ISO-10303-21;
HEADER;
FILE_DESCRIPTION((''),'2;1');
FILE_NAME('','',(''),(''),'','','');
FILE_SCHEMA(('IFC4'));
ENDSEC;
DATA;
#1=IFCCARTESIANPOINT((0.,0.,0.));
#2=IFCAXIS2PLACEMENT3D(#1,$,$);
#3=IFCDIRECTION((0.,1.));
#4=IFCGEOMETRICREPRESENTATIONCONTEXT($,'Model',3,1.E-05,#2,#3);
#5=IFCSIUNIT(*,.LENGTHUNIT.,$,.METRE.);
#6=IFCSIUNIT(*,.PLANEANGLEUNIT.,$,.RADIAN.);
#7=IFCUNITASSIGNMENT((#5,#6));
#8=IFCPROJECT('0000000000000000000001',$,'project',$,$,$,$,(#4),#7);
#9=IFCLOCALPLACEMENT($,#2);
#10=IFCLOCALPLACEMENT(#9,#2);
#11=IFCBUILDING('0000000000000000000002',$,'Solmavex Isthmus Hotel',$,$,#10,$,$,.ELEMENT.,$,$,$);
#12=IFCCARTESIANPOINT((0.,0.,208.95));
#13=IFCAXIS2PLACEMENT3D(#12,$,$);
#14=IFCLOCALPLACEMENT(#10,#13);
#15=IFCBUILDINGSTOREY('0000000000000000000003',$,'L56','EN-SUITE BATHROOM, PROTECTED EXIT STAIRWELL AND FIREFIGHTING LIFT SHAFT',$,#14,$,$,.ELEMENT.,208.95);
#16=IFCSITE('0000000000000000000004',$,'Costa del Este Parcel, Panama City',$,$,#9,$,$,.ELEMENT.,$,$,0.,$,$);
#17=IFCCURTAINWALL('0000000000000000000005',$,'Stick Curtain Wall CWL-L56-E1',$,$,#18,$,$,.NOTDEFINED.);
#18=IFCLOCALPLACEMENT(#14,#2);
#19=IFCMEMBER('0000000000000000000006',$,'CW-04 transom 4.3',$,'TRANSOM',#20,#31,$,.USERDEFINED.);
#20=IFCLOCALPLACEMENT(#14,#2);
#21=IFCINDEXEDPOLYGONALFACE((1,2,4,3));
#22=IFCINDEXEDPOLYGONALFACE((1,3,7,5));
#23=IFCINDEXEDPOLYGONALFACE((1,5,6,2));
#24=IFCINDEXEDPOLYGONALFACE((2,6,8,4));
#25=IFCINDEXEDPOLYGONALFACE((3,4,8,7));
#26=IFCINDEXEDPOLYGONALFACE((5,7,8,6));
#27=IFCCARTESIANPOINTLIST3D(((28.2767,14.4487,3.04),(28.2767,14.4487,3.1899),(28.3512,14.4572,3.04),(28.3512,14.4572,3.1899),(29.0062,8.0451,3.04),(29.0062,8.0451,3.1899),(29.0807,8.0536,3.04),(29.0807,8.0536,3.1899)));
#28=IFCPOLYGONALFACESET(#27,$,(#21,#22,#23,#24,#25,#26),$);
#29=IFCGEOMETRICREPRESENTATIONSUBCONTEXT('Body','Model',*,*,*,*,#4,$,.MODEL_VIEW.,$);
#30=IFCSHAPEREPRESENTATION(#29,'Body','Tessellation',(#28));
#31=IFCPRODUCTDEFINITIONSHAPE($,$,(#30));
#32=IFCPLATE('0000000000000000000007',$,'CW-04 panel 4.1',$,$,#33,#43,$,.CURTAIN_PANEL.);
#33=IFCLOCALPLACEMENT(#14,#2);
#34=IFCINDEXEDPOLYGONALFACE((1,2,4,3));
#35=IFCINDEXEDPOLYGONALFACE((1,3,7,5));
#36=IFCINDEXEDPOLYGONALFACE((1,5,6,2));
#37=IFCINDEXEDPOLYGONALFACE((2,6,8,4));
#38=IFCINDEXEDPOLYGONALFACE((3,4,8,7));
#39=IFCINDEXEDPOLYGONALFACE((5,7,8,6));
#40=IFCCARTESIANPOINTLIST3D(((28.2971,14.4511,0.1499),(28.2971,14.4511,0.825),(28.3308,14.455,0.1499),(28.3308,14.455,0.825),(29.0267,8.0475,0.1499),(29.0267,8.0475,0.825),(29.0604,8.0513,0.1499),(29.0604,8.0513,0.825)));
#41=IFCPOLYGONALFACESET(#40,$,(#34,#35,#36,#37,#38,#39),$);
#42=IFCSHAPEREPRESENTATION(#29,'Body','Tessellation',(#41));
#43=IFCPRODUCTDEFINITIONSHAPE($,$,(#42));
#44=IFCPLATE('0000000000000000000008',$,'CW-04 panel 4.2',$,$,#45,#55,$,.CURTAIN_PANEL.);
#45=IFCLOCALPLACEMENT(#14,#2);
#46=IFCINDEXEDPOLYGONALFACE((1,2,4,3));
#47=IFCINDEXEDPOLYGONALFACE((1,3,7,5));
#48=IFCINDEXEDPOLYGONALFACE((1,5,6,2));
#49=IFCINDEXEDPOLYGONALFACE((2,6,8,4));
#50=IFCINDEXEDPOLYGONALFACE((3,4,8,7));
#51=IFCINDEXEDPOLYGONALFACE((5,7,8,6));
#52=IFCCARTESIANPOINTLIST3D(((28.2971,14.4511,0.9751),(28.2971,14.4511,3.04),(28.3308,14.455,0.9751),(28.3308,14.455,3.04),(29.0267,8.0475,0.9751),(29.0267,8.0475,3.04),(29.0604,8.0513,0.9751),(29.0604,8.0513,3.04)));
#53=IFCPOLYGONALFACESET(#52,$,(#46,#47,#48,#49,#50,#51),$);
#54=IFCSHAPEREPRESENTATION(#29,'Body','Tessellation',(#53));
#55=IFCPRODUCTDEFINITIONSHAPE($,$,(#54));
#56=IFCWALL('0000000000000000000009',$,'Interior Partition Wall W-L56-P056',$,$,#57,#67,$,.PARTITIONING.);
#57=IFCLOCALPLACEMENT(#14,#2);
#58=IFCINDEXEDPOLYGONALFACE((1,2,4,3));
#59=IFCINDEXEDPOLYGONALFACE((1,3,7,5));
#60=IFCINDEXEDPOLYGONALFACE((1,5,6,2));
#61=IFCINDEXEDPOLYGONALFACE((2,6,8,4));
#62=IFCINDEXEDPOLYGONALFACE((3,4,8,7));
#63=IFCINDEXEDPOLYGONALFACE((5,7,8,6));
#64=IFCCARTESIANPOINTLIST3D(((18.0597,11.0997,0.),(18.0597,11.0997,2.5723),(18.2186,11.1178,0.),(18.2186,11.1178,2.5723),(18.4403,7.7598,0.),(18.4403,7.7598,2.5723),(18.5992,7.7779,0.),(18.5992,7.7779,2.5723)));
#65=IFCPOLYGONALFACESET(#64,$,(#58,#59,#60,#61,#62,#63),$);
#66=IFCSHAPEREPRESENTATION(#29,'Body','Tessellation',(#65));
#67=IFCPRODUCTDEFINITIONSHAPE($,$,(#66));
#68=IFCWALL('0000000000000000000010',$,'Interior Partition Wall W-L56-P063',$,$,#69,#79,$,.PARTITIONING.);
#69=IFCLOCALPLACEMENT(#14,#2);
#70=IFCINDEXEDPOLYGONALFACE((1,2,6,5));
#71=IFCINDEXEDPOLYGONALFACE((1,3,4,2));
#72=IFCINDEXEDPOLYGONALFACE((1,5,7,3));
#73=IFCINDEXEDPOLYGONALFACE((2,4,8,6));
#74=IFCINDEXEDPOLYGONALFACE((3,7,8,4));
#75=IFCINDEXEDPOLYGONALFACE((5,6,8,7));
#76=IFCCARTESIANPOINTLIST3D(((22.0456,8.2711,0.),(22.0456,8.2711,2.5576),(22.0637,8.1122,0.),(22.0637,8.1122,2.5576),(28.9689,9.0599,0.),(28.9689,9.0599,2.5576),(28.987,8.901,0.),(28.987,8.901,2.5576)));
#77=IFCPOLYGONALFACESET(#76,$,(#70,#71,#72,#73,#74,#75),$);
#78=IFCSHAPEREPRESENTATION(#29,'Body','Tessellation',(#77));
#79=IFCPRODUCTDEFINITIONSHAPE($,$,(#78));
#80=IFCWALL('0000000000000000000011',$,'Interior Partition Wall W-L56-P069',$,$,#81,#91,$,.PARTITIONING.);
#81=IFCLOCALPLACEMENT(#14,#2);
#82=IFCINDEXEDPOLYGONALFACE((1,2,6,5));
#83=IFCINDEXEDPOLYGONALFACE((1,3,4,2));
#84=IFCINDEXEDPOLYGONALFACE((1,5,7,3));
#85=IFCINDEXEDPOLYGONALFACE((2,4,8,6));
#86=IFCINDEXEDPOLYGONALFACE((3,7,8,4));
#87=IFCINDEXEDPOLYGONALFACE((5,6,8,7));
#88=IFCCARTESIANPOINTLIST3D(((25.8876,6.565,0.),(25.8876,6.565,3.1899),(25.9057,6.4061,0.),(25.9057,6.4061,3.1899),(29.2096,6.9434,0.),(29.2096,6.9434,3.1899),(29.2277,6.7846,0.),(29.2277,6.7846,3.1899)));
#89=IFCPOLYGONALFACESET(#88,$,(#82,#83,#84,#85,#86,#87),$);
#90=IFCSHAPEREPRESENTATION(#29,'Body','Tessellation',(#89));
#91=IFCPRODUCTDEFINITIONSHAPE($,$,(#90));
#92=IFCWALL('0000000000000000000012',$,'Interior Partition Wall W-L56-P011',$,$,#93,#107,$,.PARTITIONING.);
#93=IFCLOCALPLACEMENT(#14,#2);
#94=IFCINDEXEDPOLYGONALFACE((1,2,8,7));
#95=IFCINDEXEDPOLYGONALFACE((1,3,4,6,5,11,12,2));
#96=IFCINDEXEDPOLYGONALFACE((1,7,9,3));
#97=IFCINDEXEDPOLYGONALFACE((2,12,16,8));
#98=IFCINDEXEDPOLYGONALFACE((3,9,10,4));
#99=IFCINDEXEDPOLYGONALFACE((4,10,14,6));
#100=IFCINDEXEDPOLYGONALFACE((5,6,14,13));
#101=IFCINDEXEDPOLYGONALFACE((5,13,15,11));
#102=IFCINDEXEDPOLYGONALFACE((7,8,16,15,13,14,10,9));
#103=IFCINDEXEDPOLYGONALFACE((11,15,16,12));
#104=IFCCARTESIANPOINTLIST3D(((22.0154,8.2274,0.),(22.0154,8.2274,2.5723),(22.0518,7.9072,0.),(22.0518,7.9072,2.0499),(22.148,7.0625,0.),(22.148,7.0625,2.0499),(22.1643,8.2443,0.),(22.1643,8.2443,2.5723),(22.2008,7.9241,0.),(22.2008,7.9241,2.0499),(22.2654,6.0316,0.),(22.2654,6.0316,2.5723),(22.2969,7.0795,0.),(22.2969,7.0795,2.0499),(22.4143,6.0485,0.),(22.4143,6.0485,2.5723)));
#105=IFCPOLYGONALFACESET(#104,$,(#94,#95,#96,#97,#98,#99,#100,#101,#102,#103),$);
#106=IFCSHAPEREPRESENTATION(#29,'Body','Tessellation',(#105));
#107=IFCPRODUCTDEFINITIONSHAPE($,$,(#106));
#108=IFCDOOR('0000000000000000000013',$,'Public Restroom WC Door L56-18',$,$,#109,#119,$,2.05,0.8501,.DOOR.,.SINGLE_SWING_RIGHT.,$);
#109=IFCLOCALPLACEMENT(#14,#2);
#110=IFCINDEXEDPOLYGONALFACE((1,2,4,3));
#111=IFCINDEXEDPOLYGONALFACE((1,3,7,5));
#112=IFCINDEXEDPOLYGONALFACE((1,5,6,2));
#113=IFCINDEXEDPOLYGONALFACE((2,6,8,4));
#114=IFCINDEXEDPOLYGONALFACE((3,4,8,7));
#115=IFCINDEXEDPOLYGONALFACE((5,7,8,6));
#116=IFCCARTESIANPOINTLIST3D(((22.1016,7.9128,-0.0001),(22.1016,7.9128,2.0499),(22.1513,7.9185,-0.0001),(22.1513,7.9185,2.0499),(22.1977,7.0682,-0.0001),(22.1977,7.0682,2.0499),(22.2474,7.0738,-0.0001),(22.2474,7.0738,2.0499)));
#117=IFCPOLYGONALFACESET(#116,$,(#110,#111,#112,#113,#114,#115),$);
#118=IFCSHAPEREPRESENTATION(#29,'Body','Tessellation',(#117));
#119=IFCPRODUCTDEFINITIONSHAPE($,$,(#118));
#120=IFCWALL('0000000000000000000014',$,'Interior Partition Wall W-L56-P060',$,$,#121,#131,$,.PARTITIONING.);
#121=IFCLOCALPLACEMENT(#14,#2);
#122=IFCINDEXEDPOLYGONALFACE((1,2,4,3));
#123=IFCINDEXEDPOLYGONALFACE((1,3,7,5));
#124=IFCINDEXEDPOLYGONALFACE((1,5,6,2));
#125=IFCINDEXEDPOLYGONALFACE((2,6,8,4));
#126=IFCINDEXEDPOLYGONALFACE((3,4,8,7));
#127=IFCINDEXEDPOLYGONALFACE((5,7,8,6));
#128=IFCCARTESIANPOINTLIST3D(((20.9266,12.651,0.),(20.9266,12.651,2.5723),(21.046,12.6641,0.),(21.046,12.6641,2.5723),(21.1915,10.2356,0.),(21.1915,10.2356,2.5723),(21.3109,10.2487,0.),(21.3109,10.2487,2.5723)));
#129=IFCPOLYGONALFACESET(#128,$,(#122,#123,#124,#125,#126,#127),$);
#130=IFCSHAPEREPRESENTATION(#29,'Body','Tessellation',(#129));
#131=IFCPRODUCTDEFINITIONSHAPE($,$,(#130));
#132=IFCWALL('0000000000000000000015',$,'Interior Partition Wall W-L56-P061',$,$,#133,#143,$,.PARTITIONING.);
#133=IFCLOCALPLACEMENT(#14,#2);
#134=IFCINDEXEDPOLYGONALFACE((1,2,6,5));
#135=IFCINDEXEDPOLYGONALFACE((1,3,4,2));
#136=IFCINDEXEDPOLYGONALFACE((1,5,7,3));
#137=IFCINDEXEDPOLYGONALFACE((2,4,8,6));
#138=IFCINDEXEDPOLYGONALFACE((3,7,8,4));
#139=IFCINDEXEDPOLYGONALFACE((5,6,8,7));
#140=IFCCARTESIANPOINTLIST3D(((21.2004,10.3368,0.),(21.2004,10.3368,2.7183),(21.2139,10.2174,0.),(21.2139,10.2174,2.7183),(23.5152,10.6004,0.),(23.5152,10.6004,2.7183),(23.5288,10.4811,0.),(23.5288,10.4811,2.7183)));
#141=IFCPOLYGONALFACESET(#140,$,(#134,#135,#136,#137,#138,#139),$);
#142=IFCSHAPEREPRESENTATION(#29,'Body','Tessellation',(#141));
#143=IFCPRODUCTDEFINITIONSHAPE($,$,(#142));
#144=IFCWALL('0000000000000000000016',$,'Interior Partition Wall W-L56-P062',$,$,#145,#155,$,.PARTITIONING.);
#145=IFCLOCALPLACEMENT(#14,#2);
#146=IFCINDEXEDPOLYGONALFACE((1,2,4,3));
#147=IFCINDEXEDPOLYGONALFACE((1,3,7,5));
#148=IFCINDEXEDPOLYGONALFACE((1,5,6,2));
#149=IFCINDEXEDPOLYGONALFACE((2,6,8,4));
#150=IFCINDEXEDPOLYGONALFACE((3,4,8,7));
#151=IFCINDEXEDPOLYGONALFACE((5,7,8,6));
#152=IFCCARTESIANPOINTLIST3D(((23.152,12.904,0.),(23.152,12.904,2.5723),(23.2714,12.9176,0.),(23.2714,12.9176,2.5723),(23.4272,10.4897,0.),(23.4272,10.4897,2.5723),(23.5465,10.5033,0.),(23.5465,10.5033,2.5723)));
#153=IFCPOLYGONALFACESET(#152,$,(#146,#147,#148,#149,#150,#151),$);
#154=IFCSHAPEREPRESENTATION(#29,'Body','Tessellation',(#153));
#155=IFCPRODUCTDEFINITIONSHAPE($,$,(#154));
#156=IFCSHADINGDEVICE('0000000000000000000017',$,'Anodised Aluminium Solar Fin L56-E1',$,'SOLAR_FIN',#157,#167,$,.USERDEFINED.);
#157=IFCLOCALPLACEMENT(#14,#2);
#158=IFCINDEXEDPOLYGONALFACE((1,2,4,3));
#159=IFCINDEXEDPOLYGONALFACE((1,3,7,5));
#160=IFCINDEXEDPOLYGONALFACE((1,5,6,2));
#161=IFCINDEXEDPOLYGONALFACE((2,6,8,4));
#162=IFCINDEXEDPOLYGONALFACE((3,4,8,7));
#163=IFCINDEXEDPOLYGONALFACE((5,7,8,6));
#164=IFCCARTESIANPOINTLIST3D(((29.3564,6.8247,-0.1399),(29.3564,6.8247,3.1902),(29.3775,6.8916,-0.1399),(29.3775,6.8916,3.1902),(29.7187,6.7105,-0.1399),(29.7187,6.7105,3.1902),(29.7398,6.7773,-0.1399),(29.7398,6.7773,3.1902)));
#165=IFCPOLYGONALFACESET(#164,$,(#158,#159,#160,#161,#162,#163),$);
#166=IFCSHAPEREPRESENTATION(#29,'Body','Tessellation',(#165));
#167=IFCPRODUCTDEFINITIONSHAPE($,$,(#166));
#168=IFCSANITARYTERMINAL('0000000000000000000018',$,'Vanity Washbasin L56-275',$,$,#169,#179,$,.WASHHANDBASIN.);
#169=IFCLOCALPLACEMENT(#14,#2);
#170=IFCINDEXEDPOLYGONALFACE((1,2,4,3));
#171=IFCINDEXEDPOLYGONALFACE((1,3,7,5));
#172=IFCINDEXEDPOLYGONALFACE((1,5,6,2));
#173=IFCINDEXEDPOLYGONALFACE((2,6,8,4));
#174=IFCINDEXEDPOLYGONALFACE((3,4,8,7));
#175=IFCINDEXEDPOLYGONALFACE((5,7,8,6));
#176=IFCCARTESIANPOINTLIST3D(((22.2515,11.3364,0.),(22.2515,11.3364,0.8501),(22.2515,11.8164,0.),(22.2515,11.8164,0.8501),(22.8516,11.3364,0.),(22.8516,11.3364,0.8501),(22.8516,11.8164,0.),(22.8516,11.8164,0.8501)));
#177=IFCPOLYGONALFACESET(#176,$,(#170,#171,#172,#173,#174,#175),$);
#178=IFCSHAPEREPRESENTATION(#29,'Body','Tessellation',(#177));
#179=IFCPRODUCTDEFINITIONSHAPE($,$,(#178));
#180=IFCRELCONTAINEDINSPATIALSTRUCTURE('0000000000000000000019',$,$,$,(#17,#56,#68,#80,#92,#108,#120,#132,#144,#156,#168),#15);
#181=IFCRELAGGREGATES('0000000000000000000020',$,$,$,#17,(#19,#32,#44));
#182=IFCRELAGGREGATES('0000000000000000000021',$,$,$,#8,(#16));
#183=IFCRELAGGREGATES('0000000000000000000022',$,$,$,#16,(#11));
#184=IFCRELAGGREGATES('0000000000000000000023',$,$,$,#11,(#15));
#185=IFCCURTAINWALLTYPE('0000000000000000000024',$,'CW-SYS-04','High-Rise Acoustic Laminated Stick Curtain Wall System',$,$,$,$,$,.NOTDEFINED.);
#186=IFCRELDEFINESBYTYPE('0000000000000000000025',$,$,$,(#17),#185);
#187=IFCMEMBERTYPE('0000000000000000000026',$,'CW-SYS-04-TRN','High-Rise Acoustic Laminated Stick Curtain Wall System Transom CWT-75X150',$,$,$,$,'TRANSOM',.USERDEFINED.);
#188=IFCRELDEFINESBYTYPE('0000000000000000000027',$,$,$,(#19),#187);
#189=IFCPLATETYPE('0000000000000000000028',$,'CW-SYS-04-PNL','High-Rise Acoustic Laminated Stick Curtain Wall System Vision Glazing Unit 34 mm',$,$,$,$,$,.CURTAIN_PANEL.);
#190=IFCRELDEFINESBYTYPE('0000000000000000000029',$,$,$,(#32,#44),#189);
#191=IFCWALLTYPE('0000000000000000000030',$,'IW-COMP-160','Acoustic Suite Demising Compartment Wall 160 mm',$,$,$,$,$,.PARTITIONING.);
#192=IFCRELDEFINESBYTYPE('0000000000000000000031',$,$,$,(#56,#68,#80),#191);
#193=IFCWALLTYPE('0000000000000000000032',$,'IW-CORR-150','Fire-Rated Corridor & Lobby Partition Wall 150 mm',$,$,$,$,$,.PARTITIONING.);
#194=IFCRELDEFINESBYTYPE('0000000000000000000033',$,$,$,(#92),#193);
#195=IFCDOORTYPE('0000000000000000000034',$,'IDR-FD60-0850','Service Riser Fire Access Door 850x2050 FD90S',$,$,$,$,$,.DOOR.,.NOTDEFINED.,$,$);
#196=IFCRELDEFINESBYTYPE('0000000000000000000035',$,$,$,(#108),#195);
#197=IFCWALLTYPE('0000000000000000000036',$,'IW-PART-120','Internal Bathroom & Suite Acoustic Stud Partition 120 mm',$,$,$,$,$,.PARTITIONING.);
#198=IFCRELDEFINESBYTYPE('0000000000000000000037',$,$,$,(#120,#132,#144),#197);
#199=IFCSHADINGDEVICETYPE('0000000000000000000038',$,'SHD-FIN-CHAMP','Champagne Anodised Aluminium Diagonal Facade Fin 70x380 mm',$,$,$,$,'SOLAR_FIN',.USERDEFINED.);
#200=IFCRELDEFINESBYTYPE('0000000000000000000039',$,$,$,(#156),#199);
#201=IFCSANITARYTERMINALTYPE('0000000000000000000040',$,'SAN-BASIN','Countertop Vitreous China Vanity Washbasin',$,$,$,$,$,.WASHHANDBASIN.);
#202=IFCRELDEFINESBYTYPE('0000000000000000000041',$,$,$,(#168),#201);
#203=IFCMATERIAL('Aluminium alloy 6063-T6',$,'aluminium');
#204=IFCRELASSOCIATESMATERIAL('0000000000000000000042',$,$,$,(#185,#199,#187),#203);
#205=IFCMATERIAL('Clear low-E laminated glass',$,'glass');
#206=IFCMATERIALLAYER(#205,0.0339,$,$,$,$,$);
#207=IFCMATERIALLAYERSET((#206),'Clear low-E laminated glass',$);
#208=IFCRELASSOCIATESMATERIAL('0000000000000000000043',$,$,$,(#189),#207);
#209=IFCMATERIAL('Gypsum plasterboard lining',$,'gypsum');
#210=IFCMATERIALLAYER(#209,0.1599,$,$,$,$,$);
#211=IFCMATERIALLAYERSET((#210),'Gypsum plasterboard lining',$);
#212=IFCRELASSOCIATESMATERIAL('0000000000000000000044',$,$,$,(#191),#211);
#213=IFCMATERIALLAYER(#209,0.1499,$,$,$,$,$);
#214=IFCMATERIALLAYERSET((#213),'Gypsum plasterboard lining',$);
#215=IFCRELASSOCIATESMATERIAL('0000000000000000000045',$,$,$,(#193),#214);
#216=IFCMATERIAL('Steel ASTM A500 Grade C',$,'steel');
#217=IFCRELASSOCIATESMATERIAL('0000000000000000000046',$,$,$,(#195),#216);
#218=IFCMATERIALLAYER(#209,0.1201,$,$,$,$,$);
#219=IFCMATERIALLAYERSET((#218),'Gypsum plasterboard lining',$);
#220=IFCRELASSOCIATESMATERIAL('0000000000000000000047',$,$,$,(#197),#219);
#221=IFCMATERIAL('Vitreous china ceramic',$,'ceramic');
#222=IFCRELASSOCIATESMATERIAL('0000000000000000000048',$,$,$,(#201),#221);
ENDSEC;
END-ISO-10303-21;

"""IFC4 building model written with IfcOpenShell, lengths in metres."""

from ifc_helpers import new_model, si_unit, direction, frame, frame_2d, origin, origin_2d, place, context, subcontext, project, spatial, rectangle, extrude, material, layer, layer_set, material_profile, profile_set, type_object, element, fill, aggregate, save


model = new_model("IFC4")

# Units and contexts
model_context = context("Model", 3, precision=1e-05, world=origin(), true_north=direction((0.0, 1.0)))
body_context = subcontext(model_context, "Body", "Model", "MODEL_VIEW")
ifc_project = project(units=[si_unit("LENGTHUNIT", "METRE"), si_unit("PLANEANGLEUNIT", "RADIAN")], contexts=[model_context])

# Site, building, storey
site_placement = place(None, origin())
site = spatial("IfcSite", under=ifc_project, at=site_placement, Name="Costa del Este Parcel, Panama City", CompositionType="ELEMENT", RefElevation=0.0)
building_placement = place(site_placement, origin())
building = spatial("IfcBuilding", under=site, at=building_placement, Name="Solmavex Isthmus Hotel", CompositionType="ELEMENT")
storey_placement = place(building_placement, frame((0.0, 0.0, 208.95)))
storey = spatial("IfcBuildingStorey", under=building, at=storey_placement, Name="L56", Description="EN-SUITE BATHROOM, PROTECTED EXIT STAIRWELL AND FIREFIGHTING LIFT SHAFT", CompositionType="ELEMENT", Elevation=208.95)

# Curtain wall, member, plates
ifc_material_1 = material(Name="Aluminium alloy 6063-T6", Category="aluminium")
curtain_wall_type = type_object("IfcCurtainWallType", Name="CW-SYS-04", Description="High-Rise Acoustic Laminated Stick Curtain Wall System", PredefinedType="NOTDEFINED", material=ifc_material_1)
curtain_wall_placement = place(storey_placement, origin())
curtain_wall = element("IfcCurtainWall", 1, at=curtain_wall_placement, inside=storey, type_object=curtain_wall_type, Name="Stick Curtain Wall CWL-L56-E1", PredefinedType="NOTDEFINED")
ifc_material_profile_1 = material_profile(ifc_material_1, rectangle(XDim=0.075, YDim=0.1499, at=origin_2d()), Name="CWT-75X150")
ifc_profile_set_1 = profile_set([ifc_material_profile_1], Name="Aluminium alloy 6063-T6")
member_type_1 = type_object("IfcMemberType", Name="CW-SYS-04-TRN", Description="High-Rise Acoustic Laminated Stick Curtain Wall System Transom CWT-75X150", ElementType="TRANSOM", PredefinedType="USERDEFINED", material=ifc_profile_set_1)
member_1_placement = place(storey_placement, frame((29.0435, 8.0493, 3.115), z_axis=(-0.113188, 0.993574, 0.0), x_axis=(-0.993574, -0.113188, 0.0)))
member_1 = element("IfcMember", 2, at=member_1_placement, type_object=member_type_1, Name="CW-04 transom 4.3", ObjectType="TRANSOM", PredefinedType="USERDEFINED", context=body_context, shape_type="SweptSolid", body=[
    extrude(rectangle(XDim=0.075, YDim=0.1499, at=origin_2d()), origin(), (0.0, 0.0, 1.0), 6.4451),
])
ifc_material_2 = material(Name="Clear low-E laminated glass", Category="glass")
ifc_layer_1 = layer(ifc_material_2, 0.0339)
ifc_layer_set_1 = layer_set([ifc_layer_1], Name="Clear low-E laminated glass")
plate_type = type_object("IfcPlateType", Name="CW-SYS-04-PNL", Description="High-Rise Acoustic Laminated Stick Curtain Wall System Vision Glazing Unit 34 mm", PredefinedType="CURTAIN_PANEL", material=ifc_layer_set_1)
plate_1_placement = place(storey_placement, frame((28.6787, 11.2512, 0.1499), z_axis=(0.0, 0.0, 1.0), x_axis=(-0.113203, 0.993572, 0.0)))
plate_1 = element("IfcPlate", 3, at=plate_1_placement, type_object=plate_type, Name="CW-04 panel 4.1", PredefinedType="CURTAIN_PANEL", context=body_context, shape_type="SweptSolid", body=[
    extrude(rectangle(XDim=6.4451, YDim=0.0339, at=origin_2d()), origin(), (0.0, 0.0, 1.0), 0.675),
])
plate_2_placement = place(storey_placement, frame((28.6787, 11.2512, 0.9751), z_axis=(0.0, 0.0, 1.0), x_axis=(-0.113203, 0.993572, 0.0)))
plate_2 = element("IfcPlate", 4, at=plate_2_placement, type_object=plate_type, Name="CW-04 panel 4.2", PredefinedType="CURTAIN_PANEL", context=body_context, shape_type="SweptSolid", body=[
    extrude(rectangle(XDim=6.4451, YDim=0.0339, at=origin_2d()), origin(), (0.0, 0.0, 1.0), 2.0649),
])
aggregate(curtain_wall, [member_1, plate_1, plate_2])

# Wall
ifc_material_3 = material(Name="Gypsum plasterboard lining", Category="gypsum")
ifc_layer_2 = layer(ifc_material_3, 0.1599)
ifc_layer_set_2 = layer_set([ifc_layer_2], Name="Gypsum plasterboard lining")
wall_type_1 = type_object("IfcWallType", Name="IW-COMP-160", Description="Acoustic Suite Demising Compartment Wall 160 mm", PredefinedType="PARTITIONING", material=ifc_layer_set_2)
wall_1_placement = place(storey_placement, frame((18.1392, 11.1086, 0.0), z_axis=(0.0, 0.0, 1.0), x_axis=(0.113229, -0.993569, 0.0)))
element("IfcWall", 5, at=wall_1_placement, inside=storey, type_object=wall_type_1, Name="Interior Partition Wall W-L56-P056", PredefinedType="PARTITIONING", context=body_context, shape_type="SweptSolid", body=[
    extrude(rectangle(XDim=3.3616, YDim=0.1599, at=frame_2d((1.6807, 0.0))), origin(), (0.0, 0.0, 1.0), 2.5723),
])

# Walls
wall_2_placement = place(storey_placement, frame((28.9778, 8.9805, 0.0), z_axis=(0.0, 0.0, 1.0), x_axis=(-0.993572, -0.113204, 0.0)))
element("IfcWall", 6, at=wall_2_placement, inside=storey, type_object=wall_type_1, Name="Interior Partition Wall W-L56-P063", PredefinedType="PARTITIONING", context=body_context, shape_type="SweptSolid", body=[
    extrude(rectangle(XDim=6.968, YDim=0.1599, at=frame_2d((3.4839, 0.0))), origin(), (0.0, 0.0, 1.0), 2.5576),
])
wall_3_placement = place(storey_placement, frame((29.2188, 6.864, 0.0), z_axis=(0.0, 0.0, 1.0), x_axis=(-0.993574, -0.11318, 0.0)))
element("IfcWall", 7, at=wall_3_placement, inside=storey, type_object=wall_type_1, Name="Interior Partition Wall W-L56-P069", PredefinedType="PARTITIONING", context=body_context, shape_type="SweptSolid", body=[
    extrude(rectangle(XDim=3.3435, YDim=0.1599, at=frame_2d((1.6719, 0.0))), origin(), (0.0, 0.0, 1.0), 3.1899),
])

# Wall, opening, door
ifc_layer_3 = layer(ifc_material_3, 0.1499)
ifc_layer_set_3 = layer_set([ifc_layer_3], Name="Gypsum plasterboard lining")
wall_type_2 = type_object("IfcWallType", Name="IW-CORR-150", Description="Fire-Rated Corridor & Lobby Partition Wall 150 mm", PredefinedType="PARTITIONING", material=ifc_layer_set_3)
wall_4_placement = place(storey_placement, frame((22.0898, 8.2358, 0.0), z_axis=(0.0, 0.0, 1.0), x_axis=(0.113123, -0.993581, 0.0)))
wall_4 = element("IfcWall", 8, at=wall_4_placement, inside=storey, type_object=wall_type_2, Name="Interior Partition Wall W-L56-P011", PredefinedType="PARTITIONING", context=body_context, shape_type="SweptSolid", body=[
    extrude(rectangle(XDim=2.21, YDim=0.1499, at=frame_2d((1.105, 0.0))), origin(), (0.0, 0.0, 1.0), 2.5723),
])
opening_1_placement = place(wall_4_placement, frame((0.3223, 0.0, 0.0)))
opening_1 = element("IfcOpeningElement", 9, at=opening_1_placement, cuts=wall_4, PredefinedType="OPENING", context=body_context, shape_type="SweptSolid", body=[
    extrude(rectangle(XDim=0.8501, YDim=2.05, at=frame_2d((0.425, 1.0249))), frame((0.0, 0.085, 0.0), z_axis=(0.0, -1.0, 0.0), x_axis=(1.0, 0.0, 0.0)), (0.0, 0.0, 1.0), 0.1699),
])
ifc_material_4 = material(Name="Steel ASTM A500 Grade C", Category="steel")
door_type_1 = type_object("IfcDoorType", Name="IDR-FD60-0850", Description="Service Riser Fire Access Door 850x2050 FD90S", OperationType="NOTDEFINED", PredefinedType="DOOR", material=ifc_material_4)
door_1_placement = place(opening_1_placement, frame((0.8501, 0.0, 0.0), z_axis=(0.0, 0.0, 1.0), x_axis=(-1.0, 0.0, 0.0)))
door_1 = element("IfcDoor", 10, at=door_1_placement, inside=storey, type_object=door_type_1, Name="Public Restroom WC Door L56-18", OperationType="SINGLE_SWING_RIGHT", OverallHeight=2.05, OverallWidth=0.8501, PredefinedType="DOOR", context=body_context, shape_type="SweptSolid", body=[
    extrude(rectangle(XDim=0.8501, YDim=2.05, at=frame_2d((0.425, 1.0249))), frame((0.0, 0.0249, 0.0), z_axis=(0.0, -1.0, 0.0), x_axis=(1.0, 0.0, 0.0)), (0.0, 0.0, 1.0), 0.05),
])
fill(opening_1, door_1)

# Walls
ifc_layer_4 = layer(ifc_material_3, 0.1201)
ifc_layer_set_4 = layer_set([ifc_layer_4], Name="Gypsum plasterboard lining")
wall_type_3 = type_object("IfcWallType", Name="IW-PART-120", Description="Internal Bathroom & Suite Acoustic Stud Partition 120 mm", PredefinedType="PARTITIONING", material=ifc_layer_set_4)
wall_5_placement = place(storey_placement, frame((20.9863, 12.6575, 0.0), z_axis=(0.0, 0.0, 1.0), x_axis=(0.109009, -0.994041, 0.0)))
element("IfcWall", 11, at=wall_5_placement, inside=storey, type_object=wall_type_3, Name="Interior Partition Wall W-L56-P060", PredefinedType="PARTITIONING", context=body_context, shape_type="SweptSolid", body=[
    extrude(rectangle(XDim=2.4299, YDim=0.1201, at=frame_2d((1.2148, 0.0))), origin(), (0.0, 0.0, 1.0), 2.5723),
])
wall_6_placement = place(storey_placement, frame((21.207, 10.2771, 0.0), z_axis=(0.0, 0.0, 1.0), x_axis=(0.993576, 0.113168, 0.0)))
element("IfcWall", 12, at=wall_6_placement, inside=storey, type_object=wall_type_3, Name="Interior Partition Wall W-L56-P061", PredefinedType="PARTITIONING", context=body_context, shape_type="SweptSolid", body=[
    extrude(rectangle(XDim=2.3298, YDim=0.1201, at=frame_2d((1.165, 0.0))), origin(), (0.0, 0.0, 1.0), 2.7183),
])
wall_7_placement = place(storey_placement, frame((23.4868, 10.4966, 0.0), z_axis=(0.0, 0.0, 1.0), x_axis=(-0.113232, 0.993569, 0.0)))
element("IfcWall", 13, at=wall_7_placement, inside=storey, type_object=wall_type_3, Name="Interior Partition Wall W-L56-P062", PredefinedType="PARTITIONING", context=body_context, shape_type="SweptSolid", body=[
    extrude(rectangle(XDim=2.4299, YDim=0.1201, at=frame_2d((1.2148, 0.0))), origin(), (0.0, 0.0, 1.0), 2.5723),
])

# Shading device
shading_device_type = type_object("IfcShadingDeviceType", Name="SHD-FIN-CHAMP", Description="Champagne Anodised Aluminium Diagonal Facade Fin 70x380 mm", ElementType="SOLAR_FIN", PredefinedType="USERDEFINED", material=ifc_material_1)
shading_device_placement = place(storey_placement, frame((29.5481, 6.801, -0.1399), z_axis=(0.0, 0.0, 1.0), x_axis=(0.953717, -0.300706, 0.0)))
element("IfcShadingDevice", 14, at=shading_device_placement, inside=storey, type_object=shading_device_type, Name="Anodised Aluminium Solar Fin L56-E1", ObjectType="SOLAR_FIN", PredefinedType="USERDEFINED", context=body_context, shape_type="SweptSolid", body=[
    extrude(rectangle(XDim=0.3799, YDim=0.0701, at=origin_2d()), origin(), (0.0, 0.0, 1.0), 3.3301),
])

# Sanitary terminal
ifc_material_5 = material(Name="Vitreous china ceramic", Category="ceramic")
sanitary_terminal_type_1 = type_object("IfcSanitaryTerminalType", Name="SAN-BASIN", Description="Countertop Vitreous China Vanity Washbasin", PredefinedType="WASHHANDBASIN", material=ifc_material_5)
for number, where, z_axis, x_axis, name in (
    (15, (22.5515, 11.5764, 0.0), (0.0, 0.0, 1.0), (1.0, 0.0, 0.0), "Vanity Washbasin L56-275"),
):
    element("IfcSanitaryTerminal", number, at=place(storey_placement, frame(where, z_axis=z_axis, x_axis=x_axis)), inside=storey, type_object=sanitary_terminal_type_1, Name=name, PredefinedType="WASHHANDBASIN", context=body_context, shape_type="SweptSolid", body=[
        extrude(rectangle(XDim=0.6001, YDim=0.48, at=origin_2d()), origin(), (0.0, 0.0, 1.0), 0.8501),
    ])

save(model, "model.ifc")
